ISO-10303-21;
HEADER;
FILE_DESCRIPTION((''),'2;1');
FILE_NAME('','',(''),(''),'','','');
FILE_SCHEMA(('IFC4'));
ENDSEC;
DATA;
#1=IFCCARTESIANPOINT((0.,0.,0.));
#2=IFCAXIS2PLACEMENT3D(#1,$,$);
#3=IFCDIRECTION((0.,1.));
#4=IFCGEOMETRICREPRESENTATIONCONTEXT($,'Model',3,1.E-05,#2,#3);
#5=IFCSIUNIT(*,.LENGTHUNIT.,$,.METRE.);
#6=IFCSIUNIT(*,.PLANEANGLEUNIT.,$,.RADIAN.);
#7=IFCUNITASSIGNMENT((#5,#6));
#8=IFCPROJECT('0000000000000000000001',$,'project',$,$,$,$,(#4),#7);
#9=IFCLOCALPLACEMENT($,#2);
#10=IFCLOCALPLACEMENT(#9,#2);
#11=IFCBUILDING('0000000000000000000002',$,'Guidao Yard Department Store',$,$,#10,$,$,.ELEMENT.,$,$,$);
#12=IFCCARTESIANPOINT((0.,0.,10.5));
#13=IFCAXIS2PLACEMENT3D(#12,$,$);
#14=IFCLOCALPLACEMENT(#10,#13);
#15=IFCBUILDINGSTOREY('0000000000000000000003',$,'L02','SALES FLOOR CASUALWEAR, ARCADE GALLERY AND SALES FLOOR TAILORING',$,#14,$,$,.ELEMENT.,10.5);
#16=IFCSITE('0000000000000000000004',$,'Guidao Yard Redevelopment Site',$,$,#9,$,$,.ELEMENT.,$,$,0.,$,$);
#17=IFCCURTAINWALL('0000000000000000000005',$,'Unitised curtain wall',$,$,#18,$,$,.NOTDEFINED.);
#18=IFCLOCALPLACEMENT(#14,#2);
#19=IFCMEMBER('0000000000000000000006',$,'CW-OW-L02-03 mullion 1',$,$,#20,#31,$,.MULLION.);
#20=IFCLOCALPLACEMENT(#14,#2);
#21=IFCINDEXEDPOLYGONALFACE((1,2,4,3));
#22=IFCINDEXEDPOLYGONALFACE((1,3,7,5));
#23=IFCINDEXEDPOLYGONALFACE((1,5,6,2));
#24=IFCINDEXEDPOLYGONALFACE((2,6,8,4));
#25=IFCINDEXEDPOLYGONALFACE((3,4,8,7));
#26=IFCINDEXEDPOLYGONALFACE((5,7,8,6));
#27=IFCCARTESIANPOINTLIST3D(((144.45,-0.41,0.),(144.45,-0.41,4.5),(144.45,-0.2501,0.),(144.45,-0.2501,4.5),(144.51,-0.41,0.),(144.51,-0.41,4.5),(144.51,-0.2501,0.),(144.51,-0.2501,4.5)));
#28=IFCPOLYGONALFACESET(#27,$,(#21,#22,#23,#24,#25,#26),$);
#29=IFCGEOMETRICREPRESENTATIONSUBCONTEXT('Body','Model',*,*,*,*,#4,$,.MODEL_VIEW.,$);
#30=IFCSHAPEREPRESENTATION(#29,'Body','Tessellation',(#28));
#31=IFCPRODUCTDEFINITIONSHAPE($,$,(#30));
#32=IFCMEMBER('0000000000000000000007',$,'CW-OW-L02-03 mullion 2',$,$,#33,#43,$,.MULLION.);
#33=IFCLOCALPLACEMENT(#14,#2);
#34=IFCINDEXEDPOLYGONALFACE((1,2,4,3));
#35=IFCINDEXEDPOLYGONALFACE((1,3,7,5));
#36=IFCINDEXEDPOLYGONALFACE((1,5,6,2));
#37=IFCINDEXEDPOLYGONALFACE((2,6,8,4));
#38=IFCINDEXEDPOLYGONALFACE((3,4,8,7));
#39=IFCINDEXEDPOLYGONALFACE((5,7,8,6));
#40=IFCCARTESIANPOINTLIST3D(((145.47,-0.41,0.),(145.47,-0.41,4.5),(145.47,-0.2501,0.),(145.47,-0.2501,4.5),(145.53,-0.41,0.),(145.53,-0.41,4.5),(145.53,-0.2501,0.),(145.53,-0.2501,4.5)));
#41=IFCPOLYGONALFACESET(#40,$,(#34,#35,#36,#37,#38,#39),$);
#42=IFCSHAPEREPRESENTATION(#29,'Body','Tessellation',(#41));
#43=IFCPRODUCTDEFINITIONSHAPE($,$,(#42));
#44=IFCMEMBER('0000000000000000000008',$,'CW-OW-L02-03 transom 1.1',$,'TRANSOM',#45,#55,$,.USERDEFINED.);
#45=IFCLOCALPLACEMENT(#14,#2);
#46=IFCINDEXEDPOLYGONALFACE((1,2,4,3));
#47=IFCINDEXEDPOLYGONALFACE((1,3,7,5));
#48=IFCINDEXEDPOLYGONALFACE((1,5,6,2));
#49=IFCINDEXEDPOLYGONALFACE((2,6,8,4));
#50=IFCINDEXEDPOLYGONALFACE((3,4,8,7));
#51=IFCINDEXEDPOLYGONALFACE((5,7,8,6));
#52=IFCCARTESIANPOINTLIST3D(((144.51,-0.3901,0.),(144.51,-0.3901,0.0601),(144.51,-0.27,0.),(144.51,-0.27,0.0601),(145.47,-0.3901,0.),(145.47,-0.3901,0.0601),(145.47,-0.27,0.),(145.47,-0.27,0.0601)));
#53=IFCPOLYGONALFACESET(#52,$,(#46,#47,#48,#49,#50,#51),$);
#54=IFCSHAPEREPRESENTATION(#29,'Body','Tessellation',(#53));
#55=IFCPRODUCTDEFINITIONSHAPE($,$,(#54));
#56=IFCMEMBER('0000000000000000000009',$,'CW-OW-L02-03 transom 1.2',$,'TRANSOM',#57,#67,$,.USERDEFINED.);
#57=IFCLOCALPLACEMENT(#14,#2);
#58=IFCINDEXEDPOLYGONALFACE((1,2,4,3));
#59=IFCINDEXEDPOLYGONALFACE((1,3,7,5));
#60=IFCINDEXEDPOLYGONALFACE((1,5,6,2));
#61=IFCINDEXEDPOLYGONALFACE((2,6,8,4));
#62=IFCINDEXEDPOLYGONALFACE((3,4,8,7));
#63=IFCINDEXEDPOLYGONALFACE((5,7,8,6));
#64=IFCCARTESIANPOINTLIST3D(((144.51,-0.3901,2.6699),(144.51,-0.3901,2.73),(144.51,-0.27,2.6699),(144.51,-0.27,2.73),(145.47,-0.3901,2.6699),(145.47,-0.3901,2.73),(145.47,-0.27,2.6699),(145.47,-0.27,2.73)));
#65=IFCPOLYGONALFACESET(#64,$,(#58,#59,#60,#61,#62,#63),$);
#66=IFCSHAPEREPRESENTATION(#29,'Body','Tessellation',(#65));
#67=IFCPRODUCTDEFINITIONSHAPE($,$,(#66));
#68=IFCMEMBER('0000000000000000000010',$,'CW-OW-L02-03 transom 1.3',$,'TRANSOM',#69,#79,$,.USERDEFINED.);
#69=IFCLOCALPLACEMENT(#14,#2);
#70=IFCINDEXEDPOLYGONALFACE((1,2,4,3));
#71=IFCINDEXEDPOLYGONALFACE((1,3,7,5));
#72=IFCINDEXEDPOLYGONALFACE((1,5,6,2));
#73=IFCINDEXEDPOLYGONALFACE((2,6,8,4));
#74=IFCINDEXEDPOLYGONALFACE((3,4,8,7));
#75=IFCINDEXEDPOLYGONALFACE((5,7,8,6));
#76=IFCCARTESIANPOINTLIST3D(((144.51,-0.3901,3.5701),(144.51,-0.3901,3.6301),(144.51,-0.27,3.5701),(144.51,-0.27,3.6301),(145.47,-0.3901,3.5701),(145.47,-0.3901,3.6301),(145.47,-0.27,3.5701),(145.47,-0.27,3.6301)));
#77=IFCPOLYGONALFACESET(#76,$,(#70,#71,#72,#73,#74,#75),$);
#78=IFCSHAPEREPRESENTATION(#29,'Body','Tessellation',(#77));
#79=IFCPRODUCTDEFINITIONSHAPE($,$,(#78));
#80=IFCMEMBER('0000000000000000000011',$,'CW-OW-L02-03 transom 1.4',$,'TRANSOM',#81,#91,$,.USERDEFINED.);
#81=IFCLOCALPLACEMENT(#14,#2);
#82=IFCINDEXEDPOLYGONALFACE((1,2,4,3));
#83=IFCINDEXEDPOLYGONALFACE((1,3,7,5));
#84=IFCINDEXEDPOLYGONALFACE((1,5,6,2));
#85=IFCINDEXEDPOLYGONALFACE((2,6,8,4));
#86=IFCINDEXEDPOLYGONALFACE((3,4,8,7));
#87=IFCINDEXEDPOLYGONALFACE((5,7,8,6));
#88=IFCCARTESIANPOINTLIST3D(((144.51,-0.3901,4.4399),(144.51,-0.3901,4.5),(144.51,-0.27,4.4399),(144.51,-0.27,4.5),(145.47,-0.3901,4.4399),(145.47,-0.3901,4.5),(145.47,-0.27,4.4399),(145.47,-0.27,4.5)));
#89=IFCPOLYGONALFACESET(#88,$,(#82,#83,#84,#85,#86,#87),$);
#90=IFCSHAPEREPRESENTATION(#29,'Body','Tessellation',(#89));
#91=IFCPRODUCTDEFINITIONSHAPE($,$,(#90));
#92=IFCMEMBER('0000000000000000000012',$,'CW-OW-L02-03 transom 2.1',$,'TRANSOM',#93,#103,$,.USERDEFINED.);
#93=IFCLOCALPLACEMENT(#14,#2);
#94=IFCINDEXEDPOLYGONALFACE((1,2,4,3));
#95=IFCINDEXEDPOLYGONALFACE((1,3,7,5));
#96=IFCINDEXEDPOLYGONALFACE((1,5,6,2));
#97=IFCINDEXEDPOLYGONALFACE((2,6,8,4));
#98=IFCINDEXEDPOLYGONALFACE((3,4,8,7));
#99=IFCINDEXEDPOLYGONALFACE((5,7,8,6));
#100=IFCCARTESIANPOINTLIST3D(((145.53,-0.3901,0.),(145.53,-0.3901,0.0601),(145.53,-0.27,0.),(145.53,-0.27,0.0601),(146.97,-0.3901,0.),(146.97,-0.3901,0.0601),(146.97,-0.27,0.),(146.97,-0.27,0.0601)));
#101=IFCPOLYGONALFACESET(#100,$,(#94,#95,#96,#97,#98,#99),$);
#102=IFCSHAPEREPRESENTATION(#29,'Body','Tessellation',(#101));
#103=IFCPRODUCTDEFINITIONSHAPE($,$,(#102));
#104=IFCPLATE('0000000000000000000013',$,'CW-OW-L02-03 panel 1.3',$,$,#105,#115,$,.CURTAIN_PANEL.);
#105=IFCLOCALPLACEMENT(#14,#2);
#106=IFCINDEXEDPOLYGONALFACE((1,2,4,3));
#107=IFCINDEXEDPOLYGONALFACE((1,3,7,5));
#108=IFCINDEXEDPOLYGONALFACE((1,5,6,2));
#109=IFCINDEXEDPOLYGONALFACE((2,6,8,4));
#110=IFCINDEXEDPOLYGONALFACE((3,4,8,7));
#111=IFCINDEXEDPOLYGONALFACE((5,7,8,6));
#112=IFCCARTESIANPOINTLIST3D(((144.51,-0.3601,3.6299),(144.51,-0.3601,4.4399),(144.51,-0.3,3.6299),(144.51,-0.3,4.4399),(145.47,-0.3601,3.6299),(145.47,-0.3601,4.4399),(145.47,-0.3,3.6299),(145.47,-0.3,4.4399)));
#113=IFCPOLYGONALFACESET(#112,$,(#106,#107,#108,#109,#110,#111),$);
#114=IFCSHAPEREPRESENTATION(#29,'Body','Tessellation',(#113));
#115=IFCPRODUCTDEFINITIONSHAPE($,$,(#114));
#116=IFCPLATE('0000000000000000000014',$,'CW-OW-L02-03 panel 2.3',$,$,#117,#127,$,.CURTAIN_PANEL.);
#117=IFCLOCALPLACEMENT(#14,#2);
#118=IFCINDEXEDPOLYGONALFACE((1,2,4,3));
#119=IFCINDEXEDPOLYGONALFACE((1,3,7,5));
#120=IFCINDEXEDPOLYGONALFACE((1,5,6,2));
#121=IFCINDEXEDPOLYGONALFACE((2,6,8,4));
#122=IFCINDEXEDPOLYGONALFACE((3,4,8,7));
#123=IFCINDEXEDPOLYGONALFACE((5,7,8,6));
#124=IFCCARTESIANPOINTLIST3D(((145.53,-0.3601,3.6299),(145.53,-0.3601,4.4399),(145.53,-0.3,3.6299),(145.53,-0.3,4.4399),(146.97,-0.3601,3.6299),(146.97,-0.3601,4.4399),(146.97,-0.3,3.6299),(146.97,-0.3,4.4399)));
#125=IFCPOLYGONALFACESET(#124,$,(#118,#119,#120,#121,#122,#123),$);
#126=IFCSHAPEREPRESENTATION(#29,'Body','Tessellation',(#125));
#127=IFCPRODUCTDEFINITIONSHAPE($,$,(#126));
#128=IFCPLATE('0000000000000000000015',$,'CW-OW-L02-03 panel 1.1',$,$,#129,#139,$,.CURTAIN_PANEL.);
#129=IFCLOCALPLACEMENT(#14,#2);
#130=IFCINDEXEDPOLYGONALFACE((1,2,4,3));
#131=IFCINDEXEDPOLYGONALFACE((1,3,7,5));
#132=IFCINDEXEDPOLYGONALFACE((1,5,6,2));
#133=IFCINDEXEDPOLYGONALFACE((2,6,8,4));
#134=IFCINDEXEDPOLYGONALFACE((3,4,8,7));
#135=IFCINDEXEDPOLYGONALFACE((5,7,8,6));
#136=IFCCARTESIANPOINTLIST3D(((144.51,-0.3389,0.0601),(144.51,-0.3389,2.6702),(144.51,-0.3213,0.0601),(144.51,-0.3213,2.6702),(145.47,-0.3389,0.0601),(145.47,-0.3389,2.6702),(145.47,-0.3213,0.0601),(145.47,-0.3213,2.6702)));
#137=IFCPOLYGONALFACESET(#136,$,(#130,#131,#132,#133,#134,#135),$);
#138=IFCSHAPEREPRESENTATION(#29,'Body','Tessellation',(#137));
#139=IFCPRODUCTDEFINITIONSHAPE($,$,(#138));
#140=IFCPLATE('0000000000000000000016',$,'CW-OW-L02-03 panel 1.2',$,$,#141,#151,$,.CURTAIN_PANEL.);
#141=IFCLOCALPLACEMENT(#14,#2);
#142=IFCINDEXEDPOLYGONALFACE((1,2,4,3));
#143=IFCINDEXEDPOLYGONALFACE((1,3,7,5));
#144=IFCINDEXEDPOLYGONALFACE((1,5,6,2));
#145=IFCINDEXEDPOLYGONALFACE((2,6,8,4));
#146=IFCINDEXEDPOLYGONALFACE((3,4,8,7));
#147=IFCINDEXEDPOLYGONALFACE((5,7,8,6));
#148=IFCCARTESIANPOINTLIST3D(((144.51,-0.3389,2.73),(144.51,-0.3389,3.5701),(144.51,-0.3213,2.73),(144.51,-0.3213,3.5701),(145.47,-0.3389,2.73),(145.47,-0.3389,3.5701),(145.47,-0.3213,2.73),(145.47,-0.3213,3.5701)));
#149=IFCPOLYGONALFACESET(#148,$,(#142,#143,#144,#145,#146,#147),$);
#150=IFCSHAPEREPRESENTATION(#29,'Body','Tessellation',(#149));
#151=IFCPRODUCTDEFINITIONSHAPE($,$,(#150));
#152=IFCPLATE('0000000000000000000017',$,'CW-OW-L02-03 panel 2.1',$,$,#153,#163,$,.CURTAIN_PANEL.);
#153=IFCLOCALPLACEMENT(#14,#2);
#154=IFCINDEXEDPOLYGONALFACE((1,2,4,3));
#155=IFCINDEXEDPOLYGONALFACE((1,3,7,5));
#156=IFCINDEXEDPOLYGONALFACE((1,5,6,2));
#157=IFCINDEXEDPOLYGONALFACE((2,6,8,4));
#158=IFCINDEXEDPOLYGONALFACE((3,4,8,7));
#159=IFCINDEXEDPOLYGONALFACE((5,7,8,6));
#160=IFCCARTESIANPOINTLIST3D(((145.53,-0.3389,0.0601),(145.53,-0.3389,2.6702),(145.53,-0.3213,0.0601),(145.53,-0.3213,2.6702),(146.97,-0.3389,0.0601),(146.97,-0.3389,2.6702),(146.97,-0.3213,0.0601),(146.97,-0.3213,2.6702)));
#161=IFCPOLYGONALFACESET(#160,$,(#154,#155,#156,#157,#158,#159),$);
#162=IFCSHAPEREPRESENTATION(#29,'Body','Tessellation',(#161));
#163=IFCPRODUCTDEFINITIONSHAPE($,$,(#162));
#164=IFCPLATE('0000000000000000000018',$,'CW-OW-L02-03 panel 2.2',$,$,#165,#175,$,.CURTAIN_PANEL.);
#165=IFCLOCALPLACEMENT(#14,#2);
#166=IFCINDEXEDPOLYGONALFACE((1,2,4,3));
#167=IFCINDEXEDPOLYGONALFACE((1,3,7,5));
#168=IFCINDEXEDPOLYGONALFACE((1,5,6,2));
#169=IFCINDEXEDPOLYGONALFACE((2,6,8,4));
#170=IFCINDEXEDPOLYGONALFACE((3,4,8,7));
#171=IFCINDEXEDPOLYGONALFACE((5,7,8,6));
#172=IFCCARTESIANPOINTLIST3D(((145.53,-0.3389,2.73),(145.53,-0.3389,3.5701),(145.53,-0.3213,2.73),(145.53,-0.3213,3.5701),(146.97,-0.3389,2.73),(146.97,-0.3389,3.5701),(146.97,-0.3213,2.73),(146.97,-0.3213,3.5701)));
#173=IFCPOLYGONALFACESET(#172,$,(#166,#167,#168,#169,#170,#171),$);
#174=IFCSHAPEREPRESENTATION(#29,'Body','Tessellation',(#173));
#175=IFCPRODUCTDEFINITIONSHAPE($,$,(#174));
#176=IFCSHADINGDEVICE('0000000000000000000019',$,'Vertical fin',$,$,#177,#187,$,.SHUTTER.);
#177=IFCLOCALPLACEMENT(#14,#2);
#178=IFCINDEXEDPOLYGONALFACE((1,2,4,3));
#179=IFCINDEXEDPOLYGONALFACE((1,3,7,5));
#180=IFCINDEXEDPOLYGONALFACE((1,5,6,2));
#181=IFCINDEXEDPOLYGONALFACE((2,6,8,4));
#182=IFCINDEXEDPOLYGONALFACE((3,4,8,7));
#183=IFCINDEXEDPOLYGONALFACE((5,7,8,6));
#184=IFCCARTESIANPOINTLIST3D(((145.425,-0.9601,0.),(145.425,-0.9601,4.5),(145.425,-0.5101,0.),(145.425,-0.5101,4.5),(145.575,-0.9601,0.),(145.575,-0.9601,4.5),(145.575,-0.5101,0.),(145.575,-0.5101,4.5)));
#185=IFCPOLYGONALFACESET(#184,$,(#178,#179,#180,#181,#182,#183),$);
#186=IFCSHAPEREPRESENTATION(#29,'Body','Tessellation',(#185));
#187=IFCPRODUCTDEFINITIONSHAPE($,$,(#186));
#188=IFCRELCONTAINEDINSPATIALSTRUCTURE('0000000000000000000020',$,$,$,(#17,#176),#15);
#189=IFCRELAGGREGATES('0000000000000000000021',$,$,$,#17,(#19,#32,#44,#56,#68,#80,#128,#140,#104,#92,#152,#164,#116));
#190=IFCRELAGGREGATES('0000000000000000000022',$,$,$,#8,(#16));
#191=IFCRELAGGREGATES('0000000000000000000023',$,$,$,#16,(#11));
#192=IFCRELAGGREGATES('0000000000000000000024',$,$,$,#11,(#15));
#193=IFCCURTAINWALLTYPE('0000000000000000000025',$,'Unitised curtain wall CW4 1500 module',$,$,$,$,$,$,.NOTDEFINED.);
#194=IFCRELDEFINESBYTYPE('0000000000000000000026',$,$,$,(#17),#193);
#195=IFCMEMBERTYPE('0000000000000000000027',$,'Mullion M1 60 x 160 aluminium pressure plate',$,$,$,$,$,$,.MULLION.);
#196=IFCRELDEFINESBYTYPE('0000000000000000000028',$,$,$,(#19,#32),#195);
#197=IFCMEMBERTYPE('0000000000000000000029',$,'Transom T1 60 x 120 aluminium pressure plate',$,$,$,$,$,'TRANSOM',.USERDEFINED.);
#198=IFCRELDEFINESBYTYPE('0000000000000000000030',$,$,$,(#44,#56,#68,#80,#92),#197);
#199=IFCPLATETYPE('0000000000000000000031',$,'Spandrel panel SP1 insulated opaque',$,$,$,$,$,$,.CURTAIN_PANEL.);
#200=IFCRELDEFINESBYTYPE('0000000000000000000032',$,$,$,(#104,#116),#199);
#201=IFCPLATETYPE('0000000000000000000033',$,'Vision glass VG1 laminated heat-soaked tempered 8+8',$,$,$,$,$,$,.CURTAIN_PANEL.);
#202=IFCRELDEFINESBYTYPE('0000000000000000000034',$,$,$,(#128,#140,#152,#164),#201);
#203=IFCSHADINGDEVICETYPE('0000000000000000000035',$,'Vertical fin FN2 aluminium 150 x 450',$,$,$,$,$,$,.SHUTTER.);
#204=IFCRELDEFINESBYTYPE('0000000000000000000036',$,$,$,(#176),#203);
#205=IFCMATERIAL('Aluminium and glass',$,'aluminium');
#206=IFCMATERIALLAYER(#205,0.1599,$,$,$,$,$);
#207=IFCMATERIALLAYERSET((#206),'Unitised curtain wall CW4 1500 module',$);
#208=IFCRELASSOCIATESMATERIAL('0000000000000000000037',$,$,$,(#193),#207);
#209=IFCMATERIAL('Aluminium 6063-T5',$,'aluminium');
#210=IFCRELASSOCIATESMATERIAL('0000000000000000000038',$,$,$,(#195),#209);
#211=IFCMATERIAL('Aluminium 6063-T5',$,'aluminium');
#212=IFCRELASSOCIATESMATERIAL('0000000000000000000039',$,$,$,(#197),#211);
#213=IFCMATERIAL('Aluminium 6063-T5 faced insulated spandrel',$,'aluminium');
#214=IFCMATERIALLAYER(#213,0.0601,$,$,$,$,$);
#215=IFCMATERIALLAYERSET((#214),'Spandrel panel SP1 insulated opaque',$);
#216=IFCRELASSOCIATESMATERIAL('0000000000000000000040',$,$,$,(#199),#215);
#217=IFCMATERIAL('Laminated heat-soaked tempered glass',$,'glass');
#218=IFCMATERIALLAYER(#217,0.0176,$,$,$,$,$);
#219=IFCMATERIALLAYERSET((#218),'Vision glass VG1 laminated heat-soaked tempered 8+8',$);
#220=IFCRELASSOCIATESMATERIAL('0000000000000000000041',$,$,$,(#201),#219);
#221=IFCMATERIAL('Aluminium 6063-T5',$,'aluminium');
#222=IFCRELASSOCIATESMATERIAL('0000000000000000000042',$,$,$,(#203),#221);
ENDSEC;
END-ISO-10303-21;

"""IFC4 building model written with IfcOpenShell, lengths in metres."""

from ifc_helpers import new_model, si_unit, direction, frame, origin, origin_2d, place, context, subcontext, project, spatial, rectangle, extrude, material, layer, layer_set, material_profile, profile_set, type_object, element, aggregate, save


model = new_model("IFC4")

# Units and contexts
model_context = context("Model", 3, precision=1e-05, world=origin(), true_north=direction((0.0, 1.0)))
body_context = subcontext(model_context, "Body", "Model", "MODEL_VIEW")
ifc_project = project(units=[si_unit("LENGTHUNIT", "METRE"), si_unit("PLANEANGLEUNIT", "RADIAN")], contexts=[model_context])

# Site, building, storey
site_placement = place(None, origin())
site = spatial("IfcSite", under=ifc_project, at=site_placement, Name="Guidao Yard Redevelopment Site", CompositionType="ELEMENT", RefElevation=0.0)
building_placement = place(site_placement, origin())
building = spatial("IfcBuilding", under=site, at=building_placement, Name="Guidao Yard Department Store", CompositionType="ELEMENT")
storey_placement = place(building_placement, frame((0.0, 0.0, 10.5)))
storey = spatial("IfcBuildingStorey", under=building, at=storey_placement, Name="L02", Description="SALES FLOOR CASUALWEAR, ARCADE GALLERY AND SALES FLOOR TAILORING", CompositionType="ELEMENT", Elevation=10.5)

# Curtain wall, members, plates
ifc_material_1 = material(Name="Aluminium and glass", Category="aluminium")
ifc_layer_1 = layer(ifc_material_1, 0.1599)
ifc_layer_set_1 = layer_set([ifc_layer_1], Name="Unitised curtain wall CW4 1500 module")
curtain_wall_type = type_object("IfcCurtainWallType", Name="Unitised curtain wall CW4 1500 module", PredefinedType="NOTDEFINED", material=ifc_layer_set_1)
curtain_wall_placement = place(storey_placement, origin())
curtain_wall = element("IfcCurtainWall", 1, at=curtain_wall_placement, inside=storey, type_object=curtain_wall_type, Name="Unitised curtain wall", PredefinedType="NOTDEFINED")
ifc_material_2 = material(Name="Aluminium 6063-T5", Category="aluminium")
ifc_material_profile_1 = material_profile(ifc_material_2, rectangle(XDim=0.0601, YDim=0.1599, at=origin_2d()), Name="Mullion M1 60 x 160 aluminium pressure plate")
ifc_profile_set_1 = profile_set([ifc_material_profile_1], Name="Aluminium 6063-T5")
member_type_1 = type_object("IfcMemberType", Name="Mullion M1 60 x 160 aluminium pressure plate", PredefinedType="MULLION", material=ifc_profile_set_1)
member_1_placement = place(storey_placement, frame((144.48, -0.3301, 0.0), z_axis=(0.0, 0.0, 1.0), x_axis=(-1.0, 0.0, 0.0)))
member_1 = element("IfcMember", 2, at=member_1_placement, type_object=member_type_1, Name="CW-OW-L02-03 mullion 1", PredefinedType="MULLION", context=body_context, shape_type="SweptSolid", body=[
    extrude(rectangle(XDim=0.0601, YDim=0.1599, at=origin_2d()), origin(), (0.0, 0.0, 1.0), 4.5),
])
member_2_placement = place(storey_placement, frame((145.5, -0.3301, 0.0), z_axis=(0.0, 0.0, 1.0), x_axis=(-1.0, 0.0, 0.0)))
member_2 = element("IfcMember", 3, at=member_2_placement, type_object=member_type_1, Name="CW-OW-L02-03 mullion 2", PredefinedType="MULLION", context=body_context, shape_type="SweptSolid", body=[
    extrude(rectangle(XDim=0.0601, YDim=0.1599, at=origin_2d()), origin(), (0.0, 0.0, 1.0), 4.5),
])
ifc_material_3 = material(Name="Aluminium 6063-T5", Category="aluminium")
ifc_material_profile_2 = material_profile(ifc_material_3, rectangle(XDim=0.1201, YDim=0.0601, at=origin_2d()), Name="Transom T1 60 x 120 aluminium pressure plate")
ifc_profile_set_2 = profile_set([ifc_material_profile_2], Name="Aluminium 6063-T5")
member_type_2 = type_object("IfcMemberType", Name="Transom T1 60 x 120 aluminium pressure plate", ElementType="TRANSOM", PredefinedType="USERDEFINED", material=ifc_profile_set_2)
member_3_placement = place(storey_placement, frame((145.47, -0.3301, 0.03), z_axis=(-1.0, 0.0, 0.0), x_axis=(0.0, -1.0, 0.0)))
member_3 = element("IfcMember", 4, at=member_3_placement, type_object=member_type_2, Name="CW-OW-L02-03 transom 1.1", ObjectType="TRANSOM", PredefinedType="USERDEFINED", context=body_context, shape_type="SweptSolid", body=[
    extrude(rectangle(XDim=0.1201, YDim=0.0601, at=origin_2d()), origin(), (0.0, 0.0, 1.0), 0.96),
])
member_4_placement = place(storey_placement, frame((145.47, -0.3301, 2.7), z_axis=(-1.0, 0.0, 0.0), x_axis=(0.0, -1.0, 0.0)))
member_4 = element("IfcMember", 5, at=member_4_placement, type_object=member_type_2, Name="CW-OW-L02-03 transom 1.2", ObjectType="TRANSOM", PredefinedType="USERDEFINED", context=body_context, shape_type="SweptSolid", body=[
    extrude(rectangle(XDim=0.1201, YDim=0.0601, at=origin_2d()), origin(), (0.0, 0.0, 1.0), 0.96),
])
member_5_placement = place(storey_placement, frame((145.47, -0.3301, 3.6001), z_axis=(-1.0, 0.0, 0.0), x_axis=(0.0, -1.0, 0.0)))
member_5 = element("IfcMember", 6, at=member_5_placement, type_object=member_type_2, Name="CW-OW-L02-03 transom 1.3", ObjectType="TRANSOM", PredefinedType="USERDEFINED", context=body_context, shape_type="SweptSolid", body=[
    extrude(rectangle(XDim=0.1201, YDim=0.0601, at=origin_2d()), origin(), (0.0, 0.0, 1.0), 0.96),
])
member_6_placement = place(storey_placement, frame((145.47, -0.3301, 4.47), z_axis=(-1.0, 0.0, 0.0), x_axis=(0.0, -1.0, 0.0)))
member_6 = element("IfcMember", 7, at=member_6_placement, type_object=member_type_2, Name="CW-OW-L02-03 transom 1.4", ObjectType="TRANSOM", PredefinedType="USERDEFINED", context=body_context, shape_type="SweptSolid", body=[
    extrude(rectangle(XDim=0.1201, YDim=0.0601, at=origin_2d()), origin(), (0.0, 0.0, 1.0), 0.96),
])
member_7_placement = place(storey_placement, frame((146.97, -0.3301, 0.03), z_axis=(-1.0, 0.0, 0.0), x_axis=(0.0, -1.0, 0.0)))
member_7 = element("IfcMember", 8, at=member_7_placement, type_object=member_type_2, Name="CW-OW-L02-03 transom 2.1", ObjectType="TRANSOM", PredefinedType="USERDEFINED", context=body_context, shape_type="SweptSolid", body=[
    extrude(rectangle(XDim=0.1201, YDim=0.0601, at=origin_2d()), origin(), (0.0, 0.0, 1.0), 1.4399),
])
ifc_material_4 = material(Name="Aluminium 6063-T5 faced insulated spandrel", Category="aluminium")
ifc_layer_2 = layer(ifc_material_4, 0.0601)
ifc_layer_set_2 = layer_set([ifc_layer_2], Name="Spandrel panel SP1 insulated opaque")
plate_type_1 = type_object("IfcPlateType", Name="Spandrel panel SP1 insulated opaque", PredefinedType="CURTAIN_PANEL", material=ifc_layer_set_2)
plate_1_placement = place(storey_placement, frame((144.99, -0.3301, 3.6299), z_axis=(0.0, 0.0, 1.0), x_axis=(-1.0, 0.0, 0.0)))
plate_1 = element("IfcPlate", 9, at=plate_1_placement, type_object=plate_type_1, Name="CW-OW-L02-03 panel 1.3", PredefinedType="CURTAIN_PANEL", context=body_context, shape_type="SweptSolid", body=[
    extrude(rectangle(XDim=0.96, YDim=0.0601, at=origin_2d()), origin(), (0.0, 0.0, 1.0), 0.8101),
])
plate_2_placement = place(storey_placement, frame((146.25, -0.3301, 3.6299), z_axis=(0.0, 0.0, 1.0), x_axis=(-1.0, 0.0, 0.0)))
plate_2 = element("IfcPlate", 10, at=plate_2_placement, type_object=plate_type_1, Name="CW-OW-L02-03 panel 2.3", PredefinedType="CURTAIN_PANEL", context=body_context, shape_type="SweptSolid", body=[
    extrude(rectangle(XDim=1.4399, YDim=0.0601, at=origin_2d()), origin(), (0.0, 0.0, 1.0), 0.8101),
])
ifc_material_5 = material(Name="Laminated heat-soaked tempered glass", Category="glass")
ifc_layer_3 = layer(ifc_material_5, 0.0176)
ifc_layer_set_3 = layer_set([ifc_layer_3], Name="Vision glass VG1 laminated heat-soaked tempered 8+8")
plate_type_2 = type_object("IfcPlateType", Name="Vision glass VG1 laminated heat-soaked tempered 8+8", PredefinedType="CURTAIN_PANEL", material=ifc_layer_set_3)
plate_3_placement = place(storey_placement, frame((144.99, -0.3301, 0.0601), z_axis=(0.0, 0.0, 1.0), x_axis=(-1.0, 0.0, 0.0)))
plate_3 = element("IfcPlate", 11, at=plate_3_placement, type_object=plate_type_2, Name="CW-OW-L02-03 panel 1.1", PredefinedType="CURTAIN_PANEL", context=body_context, shape_type="SweptSolid", body=[
    extrude(rectangle(XDim=0.96, YDim=0.0176, at=origin_2d()), origin(), (0.0, 0.0, 1.0), 2.6101),
])
plate_4_placement = place(storey_placement, frame((144.99, -0.3301, 2.73), z_axis=(0.0, 0.0, 1.0), x_axis=(-1.0, 0.0, 0.0)))
plate_4 = element("IfcPlate", 12, at=plate_4_placement, type_object=plate_type_2, Name="CW-OW-L02-03 panel 1.2", PredefinedType="CURTAIN_PANEL", context=body_context, shape_type="SweptSolid", body=[
    extrude(rectangle(XDim=0.96, YDim=0.0176, at=origin_2d()), origin(), (0.0, 0.0, 1.0), 0.8401),
])
plate_5_placement = place(storey_placement, frame((146.25, -0.3301, 0.0601), z_axis=(0.0, 0.0, 1.0), x_axis=(-1.0, 0.0, 0.0)))
plate_5 = element("IfcPlate", 13, at=plate_5_placement, type_object=plate_type_2, Name="CW-OW-L02-03 panel 2.1", PredefinedType="CURTAIN_PANEL", context=body_context, shape_type="SweptSolid", body=[
    extrude(rectangle(XDim=1.4399, YDim=0.0176, at=origin_2d()), origin(), (0.0, 0.0, 1.0), 2.6101),
])
plate_6_placement = place(storey_placement, frame((146.25, -0.3301, 2.73), z_axis=(0.0, 0.0, 1.0), x_axis=(-1.0, 0.0, 0.0)))
plate_6 = element("IfcPlate", 14, at=plate_6_placement, type_object=plate_type_2, Name="CW-OW-L02-03 panel 2.2", PredefinedType="CURTAIN_PANEL", context=body_context, shape_type="SweptSolid", body=[
    extrude(rectangle(XDim=1.4399, YDim=0.0176, at=origin_2d()), origin(), (0.0, 0.0, 1.0), 0.8401),
])
aggregate(curtain_wall, [member_1, member_2, member_3, member_4, member_5, member_6, plate_3, plate_4, plate_1, member_7, plate_5, plate_6, plate_2])

# Shading device
ifc_material_6 = material(Name="Aluminium 6063-T5", Category="aluminium")
shading_device_type = type_object("IfcShadingDeviceType", Name="Vertical fin FN2 aluminium 150 x 450", PredefinedType="SHUTTER", material=ifc_material_6)
for number, where, z_axis, x_axis, name in (
    (15, (145.5, -0.7351, 0.0), (0.0, 0.0, 1.0), (-1.0, 0.0, 0.0), "Vertical fin"),
):
    element("IfcShadingDevice", number, at=place(storey_placement, frame(where, z_axis=z_axis, x_axis=x_axis)), inside=storey, type_object=shading_device_type, Name=name, PredefinedType="SHUTTER", context=body_context, shape_type="SweptSolid", body=[
        extrude(rectangle(XDim=0.1499, YDim=0.45, at=origin_2d()), origin(), (0.0, 0.0, 1.0), 4.5),
    ])

save(model, "model.ifc")
